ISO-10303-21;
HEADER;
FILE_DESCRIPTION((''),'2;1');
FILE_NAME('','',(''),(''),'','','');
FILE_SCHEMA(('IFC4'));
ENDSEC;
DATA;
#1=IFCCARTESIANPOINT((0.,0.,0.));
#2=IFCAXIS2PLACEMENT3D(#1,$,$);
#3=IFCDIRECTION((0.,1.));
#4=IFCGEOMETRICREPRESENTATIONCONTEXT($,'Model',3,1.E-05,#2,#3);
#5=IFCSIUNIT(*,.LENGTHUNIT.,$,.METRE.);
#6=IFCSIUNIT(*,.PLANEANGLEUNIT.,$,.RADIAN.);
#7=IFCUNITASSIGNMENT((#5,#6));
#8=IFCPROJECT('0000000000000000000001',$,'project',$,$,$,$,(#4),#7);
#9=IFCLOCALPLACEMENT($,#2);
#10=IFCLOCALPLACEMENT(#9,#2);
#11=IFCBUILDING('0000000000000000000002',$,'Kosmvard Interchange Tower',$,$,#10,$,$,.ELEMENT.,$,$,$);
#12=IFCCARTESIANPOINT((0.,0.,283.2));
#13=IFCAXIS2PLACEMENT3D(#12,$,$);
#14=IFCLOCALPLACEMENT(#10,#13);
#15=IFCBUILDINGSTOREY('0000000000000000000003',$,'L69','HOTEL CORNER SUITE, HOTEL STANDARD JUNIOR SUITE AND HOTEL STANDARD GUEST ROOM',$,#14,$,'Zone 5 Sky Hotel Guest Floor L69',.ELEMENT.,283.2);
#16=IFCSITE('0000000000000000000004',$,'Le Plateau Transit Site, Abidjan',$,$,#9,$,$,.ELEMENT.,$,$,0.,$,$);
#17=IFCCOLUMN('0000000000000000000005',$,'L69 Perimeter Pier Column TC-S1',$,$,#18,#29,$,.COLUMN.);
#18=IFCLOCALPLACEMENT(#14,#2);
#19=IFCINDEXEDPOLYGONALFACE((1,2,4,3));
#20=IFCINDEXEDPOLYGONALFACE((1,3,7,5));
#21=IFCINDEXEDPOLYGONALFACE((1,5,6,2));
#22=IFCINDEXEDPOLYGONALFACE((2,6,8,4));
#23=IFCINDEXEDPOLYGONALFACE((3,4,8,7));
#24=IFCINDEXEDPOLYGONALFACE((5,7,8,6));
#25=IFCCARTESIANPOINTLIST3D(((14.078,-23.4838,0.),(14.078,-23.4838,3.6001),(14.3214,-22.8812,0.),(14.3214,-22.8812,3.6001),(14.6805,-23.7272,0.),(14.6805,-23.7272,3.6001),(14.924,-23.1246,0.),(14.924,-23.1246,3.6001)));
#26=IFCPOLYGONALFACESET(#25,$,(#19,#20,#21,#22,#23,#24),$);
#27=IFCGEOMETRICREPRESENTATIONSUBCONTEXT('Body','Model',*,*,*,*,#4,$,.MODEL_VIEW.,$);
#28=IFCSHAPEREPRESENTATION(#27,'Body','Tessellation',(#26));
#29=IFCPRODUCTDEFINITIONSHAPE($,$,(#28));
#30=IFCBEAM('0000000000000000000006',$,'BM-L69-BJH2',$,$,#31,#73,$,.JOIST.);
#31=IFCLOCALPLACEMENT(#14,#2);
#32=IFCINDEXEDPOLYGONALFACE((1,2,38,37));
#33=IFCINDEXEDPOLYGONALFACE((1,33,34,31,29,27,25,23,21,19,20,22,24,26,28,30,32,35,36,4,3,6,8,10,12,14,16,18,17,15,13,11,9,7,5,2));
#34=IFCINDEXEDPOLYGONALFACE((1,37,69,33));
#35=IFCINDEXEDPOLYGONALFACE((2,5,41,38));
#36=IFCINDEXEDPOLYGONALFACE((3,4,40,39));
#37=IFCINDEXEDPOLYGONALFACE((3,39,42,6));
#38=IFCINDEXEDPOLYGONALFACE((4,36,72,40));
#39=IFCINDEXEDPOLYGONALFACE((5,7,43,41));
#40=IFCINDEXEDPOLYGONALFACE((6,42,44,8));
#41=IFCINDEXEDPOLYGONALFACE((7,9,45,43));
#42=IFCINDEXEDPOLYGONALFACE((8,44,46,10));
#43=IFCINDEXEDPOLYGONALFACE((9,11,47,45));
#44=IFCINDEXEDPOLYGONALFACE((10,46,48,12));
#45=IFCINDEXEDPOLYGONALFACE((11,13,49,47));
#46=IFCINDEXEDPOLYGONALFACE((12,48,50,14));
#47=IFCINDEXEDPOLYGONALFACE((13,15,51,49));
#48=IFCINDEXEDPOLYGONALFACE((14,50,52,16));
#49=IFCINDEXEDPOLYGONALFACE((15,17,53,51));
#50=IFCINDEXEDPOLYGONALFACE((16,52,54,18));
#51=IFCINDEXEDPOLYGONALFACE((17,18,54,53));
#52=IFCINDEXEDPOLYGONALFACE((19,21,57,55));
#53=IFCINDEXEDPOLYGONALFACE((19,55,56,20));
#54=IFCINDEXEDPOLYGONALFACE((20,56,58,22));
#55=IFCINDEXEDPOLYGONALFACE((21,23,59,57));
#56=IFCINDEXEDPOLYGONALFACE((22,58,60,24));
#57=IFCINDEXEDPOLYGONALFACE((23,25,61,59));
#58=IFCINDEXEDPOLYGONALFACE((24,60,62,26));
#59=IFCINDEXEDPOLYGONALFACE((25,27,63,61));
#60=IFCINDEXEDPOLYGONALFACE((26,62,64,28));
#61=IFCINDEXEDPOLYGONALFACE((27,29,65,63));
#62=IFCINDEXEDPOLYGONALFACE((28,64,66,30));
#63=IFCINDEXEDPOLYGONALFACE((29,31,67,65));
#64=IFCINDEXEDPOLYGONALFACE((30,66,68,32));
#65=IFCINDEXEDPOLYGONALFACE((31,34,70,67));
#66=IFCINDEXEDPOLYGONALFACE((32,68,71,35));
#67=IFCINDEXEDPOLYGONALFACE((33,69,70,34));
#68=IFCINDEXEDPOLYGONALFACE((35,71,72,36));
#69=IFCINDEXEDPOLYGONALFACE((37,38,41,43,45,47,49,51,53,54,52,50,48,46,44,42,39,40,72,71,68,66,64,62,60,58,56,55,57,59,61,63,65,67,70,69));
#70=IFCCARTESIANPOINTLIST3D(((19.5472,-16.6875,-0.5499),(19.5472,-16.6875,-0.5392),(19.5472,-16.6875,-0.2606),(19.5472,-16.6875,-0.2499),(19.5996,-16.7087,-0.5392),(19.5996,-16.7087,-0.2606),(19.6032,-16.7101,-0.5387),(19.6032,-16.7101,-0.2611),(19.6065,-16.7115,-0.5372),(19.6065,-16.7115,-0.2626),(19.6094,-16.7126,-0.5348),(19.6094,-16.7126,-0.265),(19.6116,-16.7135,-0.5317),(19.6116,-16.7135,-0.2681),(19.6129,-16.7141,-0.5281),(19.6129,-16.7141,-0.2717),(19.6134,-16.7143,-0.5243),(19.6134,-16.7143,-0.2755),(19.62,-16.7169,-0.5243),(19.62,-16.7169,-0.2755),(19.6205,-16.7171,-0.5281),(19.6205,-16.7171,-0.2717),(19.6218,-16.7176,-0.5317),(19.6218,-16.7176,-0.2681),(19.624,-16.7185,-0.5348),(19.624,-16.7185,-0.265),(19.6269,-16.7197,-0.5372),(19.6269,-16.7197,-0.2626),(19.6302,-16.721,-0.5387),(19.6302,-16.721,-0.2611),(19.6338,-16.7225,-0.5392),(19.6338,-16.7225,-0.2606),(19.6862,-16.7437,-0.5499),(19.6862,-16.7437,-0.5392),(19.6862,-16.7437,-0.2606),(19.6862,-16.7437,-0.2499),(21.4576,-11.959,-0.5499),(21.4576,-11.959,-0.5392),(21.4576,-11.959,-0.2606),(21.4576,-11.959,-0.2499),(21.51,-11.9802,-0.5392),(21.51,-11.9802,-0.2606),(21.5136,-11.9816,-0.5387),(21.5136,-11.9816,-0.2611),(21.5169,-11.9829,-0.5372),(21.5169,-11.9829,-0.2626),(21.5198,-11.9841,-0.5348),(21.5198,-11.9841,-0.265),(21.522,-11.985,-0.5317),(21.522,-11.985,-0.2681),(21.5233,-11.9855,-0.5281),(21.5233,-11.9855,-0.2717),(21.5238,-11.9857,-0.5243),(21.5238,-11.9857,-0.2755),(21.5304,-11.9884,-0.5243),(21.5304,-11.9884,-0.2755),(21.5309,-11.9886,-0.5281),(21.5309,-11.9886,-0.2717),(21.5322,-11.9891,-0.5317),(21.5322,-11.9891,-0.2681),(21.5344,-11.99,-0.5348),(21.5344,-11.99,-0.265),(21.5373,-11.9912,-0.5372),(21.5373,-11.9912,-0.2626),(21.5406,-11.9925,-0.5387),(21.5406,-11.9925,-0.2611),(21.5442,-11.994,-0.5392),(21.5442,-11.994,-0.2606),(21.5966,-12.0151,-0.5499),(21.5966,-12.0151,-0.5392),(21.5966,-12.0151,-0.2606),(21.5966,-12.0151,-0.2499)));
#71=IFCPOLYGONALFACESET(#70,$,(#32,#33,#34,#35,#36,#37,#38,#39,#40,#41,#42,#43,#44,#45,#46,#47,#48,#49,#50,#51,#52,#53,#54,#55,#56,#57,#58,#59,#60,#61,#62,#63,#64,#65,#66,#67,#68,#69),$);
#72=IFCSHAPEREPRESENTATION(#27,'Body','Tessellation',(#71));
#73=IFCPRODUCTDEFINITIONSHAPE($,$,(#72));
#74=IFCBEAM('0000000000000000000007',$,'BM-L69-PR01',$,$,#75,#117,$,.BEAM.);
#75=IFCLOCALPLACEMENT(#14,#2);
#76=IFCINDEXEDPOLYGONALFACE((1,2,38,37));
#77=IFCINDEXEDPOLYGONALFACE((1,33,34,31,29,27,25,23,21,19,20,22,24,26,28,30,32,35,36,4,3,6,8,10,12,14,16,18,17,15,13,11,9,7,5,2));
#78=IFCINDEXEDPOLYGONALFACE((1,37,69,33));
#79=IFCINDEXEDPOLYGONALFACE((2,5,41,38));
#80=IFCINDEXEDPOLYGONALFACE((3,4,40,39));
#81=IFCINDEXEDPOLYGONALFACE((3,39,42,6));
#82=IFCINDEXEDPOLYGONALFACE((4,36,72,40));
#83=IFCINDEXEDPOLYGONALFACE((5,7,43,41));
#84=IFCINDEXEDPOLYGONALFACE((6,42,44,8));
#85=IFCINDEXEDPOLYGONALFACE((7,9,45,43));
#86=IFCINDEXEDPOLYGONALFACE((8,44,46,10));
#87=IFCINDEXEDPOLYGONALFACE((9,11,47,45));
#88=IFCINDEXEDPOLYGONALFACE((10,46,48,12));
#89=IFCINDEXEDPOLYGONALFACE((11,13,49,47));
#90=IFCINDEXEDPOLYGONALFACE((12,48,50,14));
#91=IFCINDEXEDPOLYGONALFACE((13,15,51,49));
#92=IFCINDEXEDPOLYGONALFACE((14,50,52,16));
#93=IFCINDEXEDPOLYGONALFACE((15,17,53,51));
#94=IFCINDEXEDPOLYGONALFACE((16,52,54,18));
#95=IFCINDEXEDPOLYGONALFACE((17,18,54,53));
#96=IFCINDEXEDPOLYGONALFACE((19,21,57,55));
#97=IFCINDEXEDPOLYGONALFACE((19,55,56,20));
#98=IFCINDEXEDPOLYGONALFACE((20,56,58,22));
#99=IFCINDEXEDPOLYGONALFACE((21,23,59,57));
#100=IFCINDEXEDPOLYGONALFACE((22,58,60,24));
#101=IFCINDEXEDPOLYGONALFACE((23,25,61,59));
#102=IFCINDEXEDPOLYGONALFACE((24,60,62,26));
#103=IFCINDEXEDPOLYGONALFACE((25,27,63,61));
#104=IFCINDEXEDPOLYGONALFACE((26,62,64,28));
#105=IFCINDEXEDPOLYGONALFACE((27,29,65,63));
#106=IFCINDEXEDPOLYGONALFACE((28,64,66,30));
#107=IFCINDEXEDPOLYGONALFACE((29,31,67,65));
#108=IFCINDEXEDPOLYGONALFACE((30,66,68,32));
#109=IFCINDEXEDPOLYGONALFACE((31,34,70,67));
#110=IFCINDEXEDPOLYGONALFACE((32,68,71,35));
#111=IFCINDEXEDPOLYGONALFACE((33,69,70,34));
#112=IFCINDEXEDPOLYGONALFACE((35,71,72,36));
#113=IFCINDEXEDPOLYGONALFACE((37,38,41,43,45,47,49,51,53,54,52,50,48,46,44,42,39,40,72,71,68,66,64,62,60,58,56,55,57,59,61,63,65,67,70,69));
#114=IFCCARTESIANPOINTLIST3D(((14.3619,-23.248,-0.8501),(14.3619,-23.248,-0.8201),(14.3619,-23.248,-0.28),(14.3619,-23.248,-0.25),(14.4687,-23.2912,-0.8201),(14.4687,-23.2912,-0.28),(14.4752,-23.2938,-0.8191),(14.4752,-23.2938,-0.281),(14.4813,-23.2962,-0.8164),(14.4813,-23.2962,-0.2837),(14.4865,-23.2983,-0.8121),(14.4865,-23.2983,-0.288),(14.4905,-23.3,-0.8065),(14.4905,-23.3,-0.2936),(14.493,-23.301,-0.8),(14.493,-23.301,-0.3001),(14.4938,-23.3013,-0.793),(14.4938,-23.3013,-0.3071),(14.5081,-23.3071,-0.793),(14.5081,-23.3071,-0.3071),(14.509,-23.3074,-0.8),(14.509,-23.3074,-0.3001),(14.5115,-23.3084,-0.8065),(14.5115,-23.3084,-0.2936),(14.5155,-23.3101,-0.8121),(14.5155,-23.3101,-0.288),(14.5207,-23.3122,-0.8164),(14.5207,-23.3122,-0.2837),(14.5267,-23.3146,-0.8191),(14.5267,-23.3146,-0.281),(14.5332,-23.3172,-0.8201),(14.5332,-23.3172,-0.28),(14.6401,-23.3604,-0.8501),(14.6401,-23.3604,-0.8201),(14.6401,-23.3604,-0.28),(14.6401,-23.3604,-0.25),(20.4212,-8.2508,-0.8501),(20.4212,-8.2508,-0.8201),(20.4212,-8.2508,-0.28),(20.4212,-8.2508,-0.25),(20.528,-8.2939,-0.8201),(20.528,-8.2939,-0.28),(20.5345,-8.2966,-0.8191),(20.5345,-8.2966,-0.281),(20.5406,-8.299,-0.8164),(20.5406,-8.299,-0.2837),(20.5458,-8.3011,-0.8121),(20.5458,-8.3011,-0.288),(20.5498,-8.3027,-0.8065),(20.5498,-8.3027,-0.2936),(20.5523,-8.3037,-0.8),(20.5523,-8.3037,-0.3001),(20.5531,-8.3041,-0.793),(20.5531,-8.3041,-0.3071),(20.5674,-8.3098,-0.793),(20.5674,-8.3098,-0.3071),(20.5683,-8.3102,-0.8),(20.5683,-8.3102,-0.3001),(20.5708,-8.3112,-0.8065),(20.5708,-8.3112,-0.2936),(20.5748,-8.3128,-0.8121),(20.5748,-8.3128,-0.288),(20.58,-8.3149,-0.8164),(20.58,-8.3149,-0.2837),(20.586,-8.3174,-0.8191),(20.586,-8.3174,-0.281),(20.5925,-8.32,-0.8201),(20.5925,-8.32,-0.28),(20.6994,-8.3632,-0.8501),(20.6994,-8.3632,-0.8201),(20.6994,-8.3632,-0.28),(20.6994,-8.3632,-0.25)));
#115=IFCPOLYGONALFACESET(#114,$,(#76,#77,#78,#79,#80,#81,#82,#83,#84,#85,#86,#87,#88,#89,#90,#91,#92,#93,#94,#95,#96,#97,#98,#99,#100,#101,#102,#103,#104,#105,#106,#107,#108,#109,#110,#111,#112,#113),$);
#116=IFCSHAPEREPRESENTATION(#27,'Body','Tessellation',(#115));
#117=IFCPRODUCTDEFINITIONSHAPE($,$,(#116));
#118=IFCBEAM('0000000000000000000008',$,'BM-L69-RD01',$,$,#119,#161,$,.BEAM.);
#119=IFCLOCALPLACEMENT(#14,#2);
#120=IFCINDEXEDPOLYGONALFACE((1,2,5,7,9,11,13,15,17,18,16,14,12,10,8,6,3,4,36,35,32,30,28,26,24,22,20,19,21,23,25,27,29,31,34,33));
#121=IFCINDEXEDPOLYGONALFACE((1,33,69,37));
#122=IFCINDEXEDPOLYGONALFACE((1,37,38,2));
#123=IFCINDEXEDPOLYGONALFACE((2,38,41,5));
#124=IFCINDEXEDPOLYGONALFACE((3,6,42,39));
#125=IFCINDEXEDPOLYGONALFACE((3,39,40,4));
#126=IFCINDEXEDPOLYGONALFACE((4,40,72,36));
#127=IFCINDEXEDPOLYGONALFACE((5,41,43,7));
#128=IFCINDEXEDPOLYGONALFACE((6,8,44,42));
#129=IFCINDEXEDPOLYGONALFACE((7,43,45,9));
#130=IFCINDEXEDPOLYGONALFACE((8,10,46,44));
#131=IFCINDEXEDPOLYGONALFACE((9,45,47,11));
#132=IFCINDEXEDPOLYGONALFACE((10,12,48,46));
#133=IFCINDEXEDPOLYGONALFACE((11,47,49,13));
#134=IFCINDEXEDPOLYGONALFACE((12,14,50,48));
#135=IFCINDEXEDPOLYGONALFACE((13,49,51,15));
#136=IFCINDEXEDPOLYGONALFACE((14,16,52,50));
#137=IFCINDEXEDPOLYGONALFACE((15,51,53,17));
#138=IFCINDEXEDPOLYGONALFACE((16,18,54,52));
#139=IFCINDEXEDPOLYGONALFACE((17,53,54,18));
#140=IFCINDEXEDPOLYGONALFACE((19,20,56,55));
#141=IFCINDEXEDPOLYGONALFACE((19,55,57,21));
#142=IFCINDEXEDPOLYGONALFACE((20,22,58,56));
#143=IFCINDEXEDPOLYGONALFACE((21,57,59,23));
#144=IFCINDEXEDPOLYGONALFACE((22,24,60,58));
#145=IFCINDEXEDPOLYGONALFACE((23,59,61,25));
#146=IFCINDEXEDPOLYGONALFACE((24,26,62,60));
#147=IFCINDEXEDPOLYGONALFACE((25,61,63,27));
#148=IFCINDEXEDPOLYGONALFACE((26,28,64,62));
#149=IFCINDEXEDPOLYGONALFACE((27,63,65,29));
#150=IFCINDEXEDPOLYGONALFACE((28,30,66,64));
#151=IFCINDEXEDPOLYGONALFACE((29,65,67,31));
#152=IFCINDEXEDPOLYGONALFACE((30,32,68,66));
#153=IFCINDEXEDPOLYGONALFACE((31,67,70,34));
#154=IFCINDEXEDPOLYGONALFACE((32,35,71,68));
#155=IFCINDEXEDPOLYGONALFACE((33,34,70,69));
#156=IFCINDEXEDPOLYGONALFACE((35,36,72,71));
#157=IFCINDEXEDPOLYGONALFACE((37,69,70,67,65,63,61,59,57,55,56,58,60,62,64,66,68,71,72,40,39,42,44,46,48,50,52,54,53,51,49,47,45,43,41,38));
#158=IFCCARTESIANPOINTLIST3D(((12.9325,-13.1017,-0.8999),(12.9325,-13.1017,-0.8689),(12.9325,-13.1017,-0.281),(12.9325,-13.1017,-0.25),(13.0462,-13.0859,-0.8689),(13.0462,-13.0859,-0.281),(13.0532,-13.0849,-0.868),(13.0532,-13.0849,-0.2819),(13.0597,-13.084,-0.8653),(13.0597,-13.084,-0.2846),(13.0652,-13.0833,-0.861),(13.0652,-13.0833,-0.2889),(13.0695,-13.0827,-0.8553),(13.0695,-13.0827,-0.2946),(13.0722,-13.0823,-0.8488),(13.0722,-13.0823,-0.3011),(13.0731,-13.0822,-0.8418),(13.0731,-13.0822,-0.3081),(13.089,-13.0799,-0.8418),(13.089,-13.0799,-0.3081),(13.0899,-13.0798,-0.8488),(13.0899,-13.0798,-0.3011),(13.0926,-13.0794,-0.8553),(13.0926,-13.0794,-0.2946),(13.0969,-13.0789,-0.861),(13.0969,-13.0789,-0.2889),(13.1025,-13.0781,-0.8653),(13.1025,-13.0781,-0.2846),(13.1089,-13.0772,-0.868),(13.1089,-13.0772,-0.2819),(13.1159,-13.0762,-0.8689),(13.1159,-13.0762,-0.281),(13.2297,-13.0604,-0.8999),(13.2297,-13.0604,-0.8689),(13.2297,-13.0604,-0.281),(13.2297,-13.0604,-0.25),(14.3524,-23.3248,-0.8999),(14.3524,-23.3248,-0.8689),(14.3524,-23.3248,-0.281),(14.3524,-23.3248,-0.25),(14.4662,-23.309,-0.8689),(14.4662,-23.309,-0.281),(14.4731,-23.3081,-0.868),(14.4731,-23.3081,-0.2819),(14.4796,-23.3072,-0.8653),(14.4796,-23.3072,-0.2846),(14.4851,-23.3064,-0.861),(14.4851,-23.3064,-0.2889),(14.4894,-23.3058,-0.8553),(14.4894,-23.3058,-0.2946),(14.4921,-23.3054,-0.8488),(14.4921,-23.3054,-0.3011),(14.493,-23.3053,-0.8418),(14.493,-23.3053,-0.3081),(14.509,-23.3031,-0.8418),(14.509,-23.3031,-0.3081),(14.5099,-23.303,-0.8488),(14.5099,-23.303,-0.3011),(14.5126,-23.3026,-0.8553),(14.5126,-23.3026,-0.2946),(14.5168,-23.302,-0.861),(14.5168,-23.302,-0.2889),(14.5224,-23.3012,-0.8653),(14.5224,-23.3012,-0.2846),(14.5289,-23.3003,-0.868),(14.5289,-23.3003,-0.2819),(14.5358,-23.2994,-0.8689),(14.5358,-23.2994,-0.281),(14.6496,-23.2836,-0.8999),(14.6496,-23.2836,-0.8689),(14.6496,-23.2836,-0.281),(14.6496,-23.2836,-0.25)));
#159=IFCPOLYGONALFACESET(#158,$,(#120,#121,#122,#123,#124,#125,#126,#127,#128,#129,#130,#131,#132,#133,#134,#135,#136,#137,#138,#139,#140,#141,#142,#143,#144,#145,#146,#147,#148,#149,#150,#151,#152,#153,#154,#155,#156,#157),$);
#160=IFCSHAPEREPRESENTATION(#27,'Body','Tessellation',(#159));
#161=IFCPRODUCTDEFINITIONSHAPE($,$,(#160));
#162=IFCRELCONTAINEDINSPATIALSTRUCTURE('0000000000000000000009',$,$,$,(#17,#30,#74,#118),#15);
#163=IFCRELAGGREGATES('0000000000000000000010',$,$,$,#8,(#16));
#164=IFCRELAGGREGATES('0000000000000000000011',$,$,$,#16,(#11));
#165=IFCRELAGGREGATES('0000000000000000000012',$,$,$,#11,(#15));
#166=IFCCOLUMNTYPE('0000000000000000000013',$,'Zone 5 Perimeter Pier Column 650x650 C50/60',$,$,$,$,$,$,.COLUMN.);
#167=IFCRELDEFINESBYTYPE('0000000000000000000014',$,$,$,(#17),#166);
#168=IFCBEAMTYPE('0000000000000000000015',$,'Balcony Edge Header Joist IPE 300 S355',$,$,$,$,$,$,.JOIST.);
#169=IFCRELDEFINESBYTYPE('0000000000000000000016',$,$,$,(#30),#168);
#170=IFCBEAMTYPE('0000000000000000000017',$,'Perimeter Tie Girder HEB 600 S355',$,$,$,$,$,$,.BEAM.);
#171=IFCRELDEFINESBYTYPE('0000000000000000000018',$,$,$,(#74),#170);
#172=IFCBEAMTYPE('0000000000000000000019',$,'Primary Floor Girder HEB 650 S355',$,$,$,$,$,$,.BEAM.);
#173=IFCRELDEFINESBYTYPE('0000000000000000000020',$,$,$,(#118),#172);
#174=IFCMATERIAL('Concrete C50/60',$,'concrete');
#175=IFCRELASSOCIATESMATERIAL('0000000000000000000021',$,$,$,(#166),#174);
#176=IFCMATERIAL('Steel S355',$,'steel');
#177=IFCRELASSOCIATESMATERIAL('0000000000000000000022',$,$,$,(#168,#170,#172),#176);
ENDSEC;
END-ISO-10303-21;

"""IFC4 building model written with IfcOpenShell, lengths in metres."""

from ifc_helpers import new_model, si_unit, direction, frame, origin, origin_2d, place, context, subcontext, project, spatial, rectangle, i_section, extrude, source, transform, mapped, material, material_profile, profile_set, type_object, element, save


model = new_model("IFC4")

# Units and contexts
model_context = context("Model", 3, precision=1e-05, world=origin(), true_north=direction((0.0, 1.0)))
body_context = subcontext(model_context, "Body", "Model", "MODEL_VIEW")
ifc_project = project(units=[si_unit("LENGTHUNIT", "METRE"), si_unit("PLANEANGLEUNIT", "RADIAN")], contexts=[model_context])

# Site, building, storey
site_placement = place(None, origin())
site = spatial("IfcSite", under=ifc_project, at=site_placement, Name="Le Plateau Transit Site, Abidjan", CompositionType="ELEMENT", RefElevation=0.0)
building_placement = place(site_placement, origin())
building = spatial("IfcBuilding", under=site, at=building_placement, Name="Kosmvard Interchange Tower", CompositionType="ELEMENT")
storey_placement = place(building_placement, frame((0.0, 0.0, 283.2)))
storey = spatial("IfcBuildingStorey", under=building, at=storey_placement, Name="L69", Description="HOTEL CORNER SUITE, HOTEL STANDARD JUNIOR SUITE AND HOTEL STANDARD GUEST ROOM", LongName="Zone 5 Sky Hotel Guest Floor L69", CompositionType="ELEMENT", Elevation=283.2)

# Column
ifc_material_1 = material(Name="Concrete C50/60", Category="concrete")
ifc_material_profile_1 = material_profile(ifc_material_1, rectangle(XDim=0.6499, YDim=0.6499, at=origin_2d()), Name="TC 650x650")
ifc_profile_set_1 = profile_set([ifc_material_profile_1], Name="Concrete C50/60")
column_type = type_object("IfcColumnType", Name="Zone 5 Perimeter Pier Column 650x650 C50/60", PredefinedType="COLUMN", material=ifc_profile_set_1)
shared_shape_1 = source(origin(), body_context, "Body", "SweptSolid", [
    extrude(rectangle(XDim=0.6499, YDim=0.6499, at=origin_2d()), origin(), (0.0, 0.0, 1.0), 3.6001),
])
column_placement = place(storey_placement, frame((14.501, -23.3042, 0.0), z_axis=(0.0, 0.0, 1.0), x_axis=(0.374607, 0.927184, 0.0)))
element("IfcColumn", 1, at=column_placement, inside=storey, type_object=column_type, Name="L69 Perimeter Pier Column TC-S1", PredefinedType="COLUMN", context=body_context, shape_type="MappedRepresentation", body=[
    mapped(shared_shape_1, transform((0.0, 0.0, 0.0), scale=1.0)),
])

# Beams
ifc_material_2 = material(Name="Steel S355", Category="steel")
ifc_material_profile_2 = material_profile(ifc_material_2, i_section(OverallWidth=0.1499, OverallDepth=0.3, WebThickness=0.0071, FlangeThickness=0.0107, FilletRadius=0.0149, at=origin_2d()), Name="IPE 300")
ifc_profile_set_2 = profile_set([ifc_material_profile_2], Name="Steel S355")
beam_type_1 = type_object("IfcBeamType", Name="Balcony Edge Header Joist IPE 300 S355", PredefinedType="JOIST", material=ifc_profile_set_2)
shared_shape_2 = source(origin(), body_context, "Body", "SweptSolid", [
    extrude(i_section(OverallWidth=0.1499, OverallDepth=0.3, WebThickness=0.0071, FlangeThickness=0.0107, FilletRadius=0.0149, at=origin_2d()), origin(), (0.0, 0.0, 1.0), 5.0999),
])
beam_1_placement = place(storey_placement, frame((19.6167, -16.7156, -0.3999), z_axis=(0.374599, 0.927187, 0.0), x_axis=(-0.927187, 0.374599, 0.0)))
element("IfcBeam", 2, at=beam_1_placement, inside=storey, type_object=beam_type_1, Name="BM-L69-BJH2", PredefinedType="JOIST", context=body_context, shape_type="MappedRepresentation", body=[
    mapped(shared_shape_2, transform((0.0, 0.0, 0.0), scale=1.0)),
])
ifc_material_profile_3 = material_profile(ifc_material_2, i_section(OverallWidth=0.3, OverallDepth=0.6001, WebThickness=0.0154, FlangeThickness=0.03, FilletRadius=0.0271, at=origin_2d()), Name="HEB 600")
ifc_profile_set_3 = profile_set([ifc_material_profile_3], Name="Steel S355")
beam_type_2 = type_object("IfcBeamType", Name="Perimeter Tie Girder HEB 600 S355", PredefinedType="BEAM", material=ifc_profile_set_3)
shared_shape_3 = source(origin(), body_context, "Body", "SweptSolid", [
    extrude(i_section(OverallWidth=0.3, OverallDepth=0.6001, WebThickness=0.0154, FlangeThickness=0.03, FilletRadius=0.0271, at=origin_2d()), origin(), (0.0, 0.0, 1.0), 16.175),
])
beam_2_placement = place(storey_placement, frame((14.501, -23.3042, -0.55), z_axis=(0.374608, 0.927183, 0.0), x_axis=(-0.927183, 0.374608, 0.0)))
element("IfcBeam", 3, at=beam_2_placement, inside=storey, type_object=beam_type_2, Name="BM-L69-PR01", PredefinedType="BEAM", context=body_context, shape_type="MappedRepresentation", body=[
    mapped(shared_shape_3, transform((0.0, 0.0, 0.0), scale=1.0)),
])
ifc_material_profile_4 = material_profile(ifc_material_2, i_section(OverallWidth=0.3, OverallDepth=0.6499, WebThickness=0.0161, FlangeThickness=0.031, FilletRadius=0.0271, at=origin_2d()), Name="HEB 650")
ifc_profile_set_4 = profile_set([ifc_material_profile_4], Name="Steel S355")
beam_type_3 = type_object("IfcBeamType", Name="Primary Floor Girder HEB 650 S355", PredefinedType="BEAM", material=ifc_profile_set_4)
shared_shape_4 = source(origin(), body_context, "Body", "SweptSolid", [
    extrude(i_section(OverallWidth=0.3, OverallDepth=0.6499, WebThickness=0.0161, FlangeThickness=0.031, FilletRadius=0.0271, at=origin_2d()), origin(), (0.0, 0.0, 1.0), 10.3213),
])
beam_3_placement = place(storey_placement, frame((13.0811, -13.0811, -0.575), z_axis=(0.137572, -0.990492, 0.0), x_axis=(0.990492, 0.137572, 0.0)))
element("IfcBeam", 4, at=beam_3_placement, inside=storey, type_object=beam_type_3, Name="BM-L69-RD01", PredefinedType="BEAM", context=body_context, shape_type="MappedRepresentation", body=[
    mapped(shared_shape_4, transform((0.0, 0.0, 0.0), scale=1.0)),
])

save(model, "model.ifc")
